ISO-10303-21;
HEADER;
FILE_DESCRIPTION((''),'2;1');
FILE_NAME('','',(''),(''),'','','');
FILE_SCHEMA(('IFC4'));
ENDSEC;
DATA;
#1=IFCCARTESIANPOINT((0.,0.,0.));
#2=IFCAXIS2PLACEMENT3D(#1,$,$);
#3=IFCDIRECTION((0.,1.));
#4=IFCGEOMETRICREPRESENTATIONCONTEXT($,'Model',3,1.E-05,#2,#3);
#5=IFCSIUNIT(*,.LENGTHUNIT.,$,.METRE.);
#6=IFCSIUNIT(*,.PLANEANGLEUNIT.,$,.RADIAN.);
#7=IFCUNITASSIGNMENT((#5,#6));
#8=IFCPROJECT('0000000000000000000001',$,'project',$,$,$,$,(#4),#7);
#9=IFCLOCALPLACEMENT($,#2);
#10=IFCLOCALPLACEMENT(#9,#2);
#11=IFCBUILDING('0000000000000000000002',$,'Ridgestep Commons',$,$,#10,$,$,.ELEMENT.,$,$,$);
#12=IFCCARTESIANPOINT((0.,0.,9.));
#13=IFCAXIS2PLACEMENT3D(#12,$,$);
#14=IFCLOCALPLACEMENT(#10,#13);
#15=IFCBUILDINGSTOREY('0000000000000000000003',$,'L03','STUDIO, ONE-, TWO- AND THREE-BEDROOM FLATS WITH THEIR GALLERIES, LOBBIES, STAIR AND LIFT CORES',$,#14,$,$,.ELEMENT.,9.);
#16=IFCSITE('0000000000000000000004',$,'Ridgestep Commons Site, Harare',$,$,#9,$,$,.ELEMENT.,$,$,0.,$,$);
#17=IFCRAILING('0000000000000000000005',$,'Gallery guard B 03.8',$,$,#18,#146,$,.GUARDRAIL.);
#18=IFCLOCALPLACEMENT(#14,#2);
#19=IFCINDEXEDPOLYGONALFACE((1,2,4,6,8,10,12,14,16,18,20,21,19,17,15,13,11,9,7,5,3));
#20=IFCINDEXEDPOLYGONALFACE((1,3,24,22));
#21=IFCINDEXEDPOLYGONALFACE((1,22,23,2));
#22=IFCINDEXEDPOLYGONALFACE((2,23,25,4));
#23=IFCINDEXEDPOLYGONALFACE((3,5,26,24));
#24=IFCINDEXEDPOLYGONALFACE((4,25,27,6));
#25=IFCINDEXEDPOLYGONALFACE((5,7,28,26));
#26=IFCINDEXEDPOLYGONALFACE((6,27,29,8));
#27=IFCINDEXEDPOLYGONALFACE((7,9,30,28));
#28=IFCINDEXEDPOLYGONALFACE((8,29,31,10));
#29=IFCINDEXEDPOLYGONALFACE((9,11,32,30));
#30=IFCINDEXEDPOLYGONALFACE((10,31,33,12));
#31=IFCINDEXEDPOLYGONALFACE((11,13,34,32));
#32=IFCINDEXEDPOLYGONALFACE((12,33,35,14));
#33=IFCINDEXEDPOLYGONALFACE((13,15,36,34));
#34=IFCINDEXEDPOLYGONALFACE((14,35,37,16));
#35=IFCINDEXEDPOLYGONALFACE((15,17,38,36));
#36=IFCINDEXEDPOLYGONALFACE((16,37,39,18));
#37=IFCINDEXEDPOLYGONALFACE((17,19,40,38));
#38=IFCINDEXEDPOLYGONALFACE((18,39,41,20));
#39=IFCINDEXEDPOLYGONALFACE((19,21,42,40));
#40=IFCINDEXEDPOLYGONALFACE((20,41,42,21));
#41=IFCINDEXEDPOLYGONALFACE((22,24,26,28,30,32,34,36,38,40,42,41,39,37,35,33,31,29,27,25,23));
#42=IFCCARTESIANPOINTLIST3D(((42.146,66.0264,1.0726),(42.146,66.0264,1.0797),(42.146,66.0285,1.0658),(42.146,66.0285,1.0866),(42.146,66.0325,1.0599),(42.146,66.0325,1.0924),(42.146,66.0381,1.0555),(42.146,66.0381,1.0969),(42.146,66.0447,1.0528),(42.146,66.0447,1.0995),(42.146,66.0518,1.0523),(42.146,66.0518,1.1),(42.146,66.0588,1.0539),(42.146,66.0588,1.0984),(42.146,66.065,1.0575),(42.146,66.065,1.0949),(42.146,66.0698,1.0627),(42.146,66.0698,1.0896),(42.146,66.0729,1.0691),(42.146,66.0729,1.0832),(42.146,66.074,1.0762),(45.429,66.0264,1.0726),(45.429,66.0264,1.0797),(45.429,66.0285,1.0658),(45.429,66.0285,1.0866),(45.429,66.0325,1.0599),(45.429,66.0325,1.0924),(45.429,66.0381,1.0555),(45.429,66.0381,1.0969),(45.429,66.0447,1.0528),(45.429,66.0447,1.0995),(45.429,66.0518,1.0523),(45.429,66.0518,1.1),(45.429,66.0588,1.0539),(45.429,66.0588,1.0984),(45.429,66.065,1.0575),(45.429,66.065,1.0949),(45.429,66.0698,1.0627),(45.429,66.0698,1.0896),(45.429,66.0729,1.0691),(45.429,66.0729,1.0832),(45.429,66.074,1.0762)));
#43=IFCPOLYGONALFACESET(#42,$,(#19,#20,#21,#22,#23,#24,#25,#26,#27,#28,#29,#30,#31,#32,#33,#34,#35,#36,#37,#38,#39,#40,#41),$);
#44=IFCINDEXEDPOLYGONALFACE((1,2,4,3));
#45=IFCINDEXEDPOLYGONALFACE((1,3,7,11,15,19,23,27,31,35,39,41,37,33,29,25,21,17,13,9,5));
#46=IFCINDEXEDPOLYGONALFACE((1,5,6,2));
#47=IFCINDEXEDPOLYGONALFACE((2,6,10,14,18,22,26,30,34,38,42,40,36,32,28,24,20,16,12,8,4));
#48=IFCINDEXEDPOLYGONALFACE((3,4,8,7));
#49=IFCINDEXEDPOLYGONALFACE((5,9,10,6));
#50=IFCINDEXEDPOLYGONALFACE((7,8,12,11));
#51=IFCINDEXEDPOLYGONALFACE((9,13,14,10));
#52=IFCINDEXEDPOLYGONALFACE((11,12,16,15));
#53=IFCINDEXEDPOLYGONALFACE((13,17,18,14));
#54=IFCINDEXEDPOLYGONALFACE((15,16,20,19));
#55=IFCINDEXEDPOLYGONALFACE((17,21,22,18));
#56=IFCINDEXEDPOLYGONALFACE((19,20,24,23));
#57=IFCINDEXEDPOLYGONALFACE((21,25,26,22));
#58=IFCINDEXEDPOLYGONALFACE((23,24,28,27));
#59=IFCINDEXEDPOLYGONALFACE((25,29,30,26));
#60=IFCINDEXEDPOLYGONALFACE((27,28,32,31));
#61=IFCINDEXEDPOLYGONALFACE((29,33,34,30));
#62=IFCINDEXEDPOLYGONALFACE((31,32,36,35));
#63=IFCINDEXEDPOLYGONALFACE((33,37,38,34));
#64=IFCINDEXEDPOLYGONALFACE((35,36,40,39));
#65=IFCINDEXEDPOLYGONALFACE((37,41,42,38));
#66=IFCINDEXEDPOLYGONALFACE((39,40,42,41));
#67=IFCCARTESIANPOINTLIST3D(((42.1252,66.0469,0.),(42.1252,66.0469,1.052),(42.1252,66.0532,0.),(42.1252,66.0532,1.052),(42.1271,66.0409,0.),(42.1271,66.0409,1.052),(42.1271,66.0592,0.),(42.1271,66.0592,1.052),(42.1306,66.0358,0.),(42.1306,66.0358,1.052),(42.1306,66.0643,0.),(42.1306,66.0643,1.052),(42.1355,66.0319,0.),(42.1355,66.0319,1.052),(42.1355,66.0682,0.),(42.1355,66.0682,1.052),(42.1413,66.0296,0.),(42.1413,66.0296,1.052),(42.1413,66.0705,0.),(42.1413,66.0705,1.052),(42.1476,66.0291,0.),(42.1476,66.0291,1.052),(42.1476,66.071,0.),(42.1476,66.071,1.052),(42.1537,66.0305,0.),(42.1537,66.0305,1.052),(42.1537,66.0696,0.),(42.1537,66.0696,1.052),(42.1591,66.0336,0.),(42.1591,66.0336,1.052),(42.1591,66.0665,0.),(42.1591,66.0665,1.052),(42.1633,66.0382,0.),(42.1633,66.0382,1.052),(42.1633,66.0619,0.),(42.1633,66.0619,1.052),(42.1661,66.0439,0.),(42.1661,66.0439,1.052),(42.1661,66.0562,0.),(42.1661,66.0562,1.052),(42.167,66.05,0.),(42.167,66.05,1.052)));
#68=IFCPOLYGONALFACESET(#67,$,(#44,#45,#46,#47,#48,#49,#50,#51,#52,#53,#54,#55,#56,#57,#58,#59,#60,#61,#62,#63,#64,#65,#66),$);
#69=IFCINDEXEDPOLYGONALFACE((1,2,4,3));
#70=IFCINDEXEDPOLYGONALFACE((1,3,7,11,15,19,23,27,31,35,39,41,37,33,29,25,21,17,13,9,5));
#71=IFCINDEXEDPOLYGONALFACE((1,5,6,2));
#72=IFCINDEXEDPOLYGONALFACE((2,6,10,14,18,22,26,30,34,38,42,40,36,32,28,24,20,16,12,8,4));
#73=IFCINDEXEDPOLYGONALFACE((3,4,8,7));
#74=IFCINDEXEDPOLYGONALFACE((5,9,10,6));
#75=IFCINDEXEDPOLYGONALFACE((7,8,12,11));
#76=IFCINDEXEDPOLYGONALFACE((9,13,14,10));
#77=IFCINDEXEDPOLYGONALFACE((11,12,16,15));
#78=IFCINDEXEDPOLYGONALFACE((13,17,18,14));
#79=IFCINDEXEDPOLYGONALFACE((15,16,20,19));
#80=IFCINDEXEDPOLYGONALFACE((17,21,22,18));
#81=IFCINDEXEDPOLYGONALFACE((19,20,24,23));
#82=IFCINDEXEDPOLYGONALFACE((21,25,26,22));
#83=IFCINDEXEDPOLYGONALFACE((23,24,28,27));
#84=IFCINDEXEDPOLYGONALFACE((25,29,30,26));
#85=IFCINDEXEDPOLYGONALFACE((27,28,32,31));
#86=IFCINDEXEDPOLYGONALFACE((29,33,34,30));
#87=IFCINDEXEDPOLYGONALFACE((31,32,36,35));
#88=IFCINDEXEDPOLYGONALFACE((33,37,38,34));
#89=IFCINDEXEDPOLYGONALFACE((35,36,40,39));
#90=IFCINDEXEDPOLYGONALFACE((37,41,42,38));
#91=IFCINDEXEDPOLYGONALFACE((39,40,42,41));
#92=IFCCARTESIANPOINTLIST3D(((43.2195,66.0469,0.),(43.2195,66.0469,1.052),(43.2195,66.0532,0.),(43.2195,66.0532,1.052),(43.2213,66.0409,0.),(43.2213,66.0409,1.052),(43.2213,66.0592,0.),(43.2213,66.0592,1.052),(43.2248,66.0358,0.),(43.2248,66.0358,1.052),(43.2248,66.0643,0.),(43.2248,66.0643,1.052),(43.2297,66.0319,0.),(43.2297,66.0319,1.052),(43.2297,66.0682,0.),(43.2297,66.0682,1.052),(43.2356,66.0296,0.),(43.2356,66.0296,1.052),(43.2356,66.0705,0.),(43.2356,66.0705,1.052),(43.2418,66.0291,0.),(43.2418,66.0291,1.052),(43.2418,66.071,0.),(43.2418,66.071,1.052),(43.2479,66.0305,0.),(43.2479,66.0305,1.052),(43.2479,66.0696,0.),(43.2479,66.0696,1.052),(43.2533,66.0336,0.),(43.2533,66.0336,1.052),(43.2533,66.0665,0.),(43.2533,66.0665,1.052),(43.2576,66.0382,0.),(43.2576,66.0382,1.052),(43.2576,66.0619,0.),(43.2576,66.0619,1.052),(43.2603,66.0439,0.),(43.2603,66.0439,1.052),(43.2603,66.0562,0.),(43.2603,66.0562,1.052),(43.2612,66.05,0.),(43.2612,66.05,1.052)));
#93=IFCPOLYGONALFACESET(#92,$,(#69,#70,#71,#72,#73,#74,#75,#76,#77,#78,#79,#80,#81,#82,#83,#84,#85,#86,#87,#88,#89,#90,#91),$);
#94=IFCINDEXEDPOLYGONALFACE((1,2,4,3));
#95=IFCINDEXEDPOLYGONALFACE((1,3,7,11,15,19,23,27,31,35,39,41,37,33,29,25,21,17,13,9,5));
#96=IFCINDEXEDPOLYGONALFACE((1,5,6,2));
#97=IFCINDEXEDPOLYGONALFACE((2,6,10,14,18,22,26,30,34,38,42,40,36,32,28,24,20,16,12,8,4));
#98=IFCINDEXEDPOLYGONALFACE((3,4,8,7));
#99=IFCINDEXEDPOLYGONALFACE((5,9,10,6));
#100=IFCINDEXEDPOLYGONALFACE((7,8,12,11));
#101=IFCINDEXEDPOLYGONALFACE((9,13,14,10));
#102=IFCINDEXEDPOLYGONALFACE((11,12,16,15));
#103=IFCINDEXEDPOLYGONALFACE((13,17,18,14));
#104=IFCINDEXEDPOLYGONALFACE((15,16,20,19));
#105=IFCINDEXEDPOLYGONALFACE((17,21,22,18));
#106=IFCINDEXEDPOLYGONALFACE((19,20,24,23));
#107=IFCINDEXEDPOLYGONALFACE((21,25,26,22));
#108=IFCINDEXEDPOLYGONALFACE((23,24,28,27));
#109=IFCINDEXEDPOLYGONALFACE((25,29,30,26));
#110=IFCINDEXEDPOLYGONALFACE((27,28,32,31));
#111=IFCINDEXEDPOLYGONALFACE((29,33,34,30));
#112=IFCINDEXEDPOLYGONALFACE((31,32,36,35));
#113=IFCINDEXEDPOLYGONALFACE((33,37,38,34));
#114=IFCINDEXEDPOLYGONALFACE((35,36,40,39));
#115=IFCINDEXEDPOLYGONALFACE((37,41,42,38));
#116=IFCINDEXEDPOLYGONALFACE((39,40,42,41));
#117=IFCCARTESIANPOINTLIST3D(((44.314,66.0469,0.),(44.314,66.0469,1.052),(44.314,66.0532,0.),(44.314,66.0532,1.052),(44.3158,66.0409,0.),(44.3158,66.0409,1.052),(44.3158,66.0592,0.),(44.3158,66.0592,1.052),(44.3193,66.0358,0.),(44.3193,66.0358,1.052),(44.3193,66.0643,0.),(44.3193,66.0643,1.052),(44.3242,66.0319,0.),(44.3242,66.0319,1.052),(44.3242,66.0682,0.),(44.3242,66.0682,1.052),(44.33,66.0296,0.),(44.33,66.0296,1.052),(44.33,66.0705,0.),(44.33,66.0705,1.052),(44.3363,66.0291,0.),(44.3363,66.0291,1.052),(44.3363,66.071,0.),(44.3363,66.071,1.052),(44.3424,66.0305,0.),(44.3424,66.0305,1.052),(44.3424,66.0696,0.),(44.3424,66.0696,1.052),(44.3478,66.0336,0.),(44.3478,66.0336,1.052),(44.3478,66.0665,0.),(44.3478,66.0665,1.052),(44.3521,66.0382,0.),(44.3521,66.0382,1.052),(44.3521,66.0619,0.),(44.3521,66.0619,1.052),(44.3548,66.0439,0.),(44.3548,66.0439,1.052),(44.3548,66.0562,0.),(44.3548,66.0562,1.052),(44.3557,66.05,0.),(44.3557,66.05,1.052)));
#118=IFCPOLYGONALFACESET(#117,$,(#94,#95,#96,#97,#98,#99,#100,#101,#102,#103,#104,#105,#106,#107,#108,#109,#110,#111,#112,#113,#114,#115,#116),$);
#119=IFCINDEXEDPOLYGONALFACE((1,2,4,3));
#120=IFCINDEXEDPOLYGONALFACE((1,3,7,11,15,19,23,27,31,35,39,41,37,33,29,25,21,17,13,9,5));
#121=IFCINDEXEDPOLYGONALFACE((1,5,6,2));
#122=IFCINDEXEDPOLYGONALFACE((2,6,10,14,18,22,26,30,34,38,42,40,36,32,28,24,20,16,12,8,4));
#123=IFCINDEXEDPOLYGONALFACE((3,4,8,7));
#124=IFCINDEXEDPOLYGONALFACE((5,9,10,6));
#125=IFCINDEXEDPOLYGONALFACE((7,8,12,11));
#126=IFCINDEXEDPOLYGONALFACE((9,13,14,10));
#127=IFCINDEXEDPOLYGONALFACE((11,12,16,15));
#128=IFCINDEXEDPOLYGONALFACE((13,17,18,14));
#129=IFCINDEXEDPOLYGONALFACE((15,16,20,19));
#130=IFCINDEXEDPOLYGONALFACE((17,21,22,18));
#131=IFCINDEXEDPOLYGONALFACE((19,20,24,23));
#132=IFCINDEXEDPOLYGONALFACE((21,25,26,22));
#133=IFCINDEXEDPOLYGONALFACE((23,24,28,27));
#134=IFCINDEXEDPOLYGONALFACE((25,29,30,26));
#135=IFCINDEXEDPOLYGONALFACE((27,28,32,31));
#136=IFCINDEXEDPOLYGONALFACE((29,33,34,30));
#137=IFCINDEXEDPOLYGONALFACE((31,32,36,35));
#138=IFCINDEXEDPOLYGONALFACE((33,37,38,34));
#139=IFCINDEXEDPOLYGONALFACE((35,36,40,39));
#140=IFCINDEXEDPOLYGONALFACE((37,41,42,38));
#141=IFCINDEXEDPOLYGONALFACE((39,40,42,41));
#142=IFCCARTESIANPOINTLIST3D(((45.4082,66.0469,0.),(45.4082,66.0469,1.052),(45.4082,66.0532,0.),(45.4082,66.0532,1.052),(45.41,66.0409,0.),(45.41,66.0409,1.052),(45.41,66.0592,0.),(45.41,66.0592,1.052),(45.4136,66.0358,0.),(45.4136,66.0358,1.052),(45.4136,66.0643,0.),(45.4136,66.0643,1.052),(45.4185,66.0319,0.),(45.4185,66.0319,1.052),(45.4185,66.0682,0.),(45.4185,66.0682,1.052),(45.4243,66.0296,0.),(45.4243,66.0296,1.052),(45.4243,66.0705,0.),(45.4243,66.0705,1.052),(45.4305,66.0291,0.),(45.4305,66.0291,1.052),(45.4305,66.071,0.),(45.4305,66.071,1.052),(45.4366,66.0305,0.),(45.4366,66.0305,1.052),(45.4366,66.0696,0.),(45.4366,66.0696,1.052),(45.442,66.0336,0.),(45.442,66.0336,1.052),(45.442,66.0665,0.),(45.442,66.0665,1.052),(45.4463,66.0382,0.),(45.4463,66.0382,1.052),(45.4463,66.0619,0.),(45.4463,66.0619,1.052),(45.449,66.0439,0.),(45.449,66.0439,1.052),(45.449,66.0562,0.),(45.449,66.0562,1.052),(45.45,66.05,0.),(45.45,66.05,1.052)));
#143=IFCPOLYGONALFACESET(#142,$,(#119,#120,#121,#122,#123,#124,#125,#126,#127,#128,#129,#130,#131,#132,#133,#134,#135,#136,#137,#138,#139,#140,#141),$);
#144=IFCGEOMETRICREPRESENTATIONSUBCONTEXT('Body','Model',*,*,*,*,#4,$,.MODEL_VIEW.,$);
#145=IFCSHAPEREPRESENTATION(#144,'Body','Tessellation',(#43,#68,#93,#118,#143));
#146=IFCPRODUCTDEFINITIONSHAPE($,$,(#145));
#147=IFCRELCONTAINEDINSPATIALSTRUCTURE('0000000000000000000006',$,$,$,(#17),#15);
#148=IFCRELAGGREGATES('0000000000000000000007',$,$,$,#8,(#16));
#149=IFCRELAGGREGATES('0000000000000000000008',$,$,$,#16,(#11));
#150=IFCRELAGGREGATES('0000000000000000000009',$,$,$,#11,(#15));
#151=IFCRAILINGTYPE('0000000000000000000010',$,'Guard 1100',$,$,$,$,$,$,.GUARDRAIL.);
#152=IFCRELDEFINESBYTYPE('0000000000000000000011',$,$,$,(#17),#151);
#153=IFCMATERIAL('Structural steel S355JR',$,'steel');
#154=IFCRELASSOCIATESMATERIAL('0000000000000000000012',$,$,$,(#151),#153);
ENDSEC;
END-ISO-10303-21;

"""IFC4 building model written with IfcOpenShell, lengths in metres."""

from ifc_helpers import new_model, si_unit, direction, frame, origin, origin_2d, place, context, subcontext, project, spatial, circle, extrude, material, type_object, element, save


model = new_model("IFC4")

# Units and contexts
model_context = context("Model", 3, precision=1e-05, world=origin(), true_north=direction((0.0, 1.0)))
body_context = subcontext(model_context, "Body", "Model", "MODEL_VIEW")
ifc_project = project(units=[si_unit("LENGTHUNIT", "METRE"), si_unit("PLANEANGLEUNIT", "RADIAN")], contexts=[model_context])

# Site, building, storey
site_placement = place(None, origin())
site = spatial("IfcSite", under=ifc_project, at=site_placement, Name="Ridgestep Commons Site, Harare", CompositionType="ELEMENT", RefElevation=0.0)
building_placement = place(site_placement, origin())
building = spatial("IfcBuilding", under=site, at=building_placement, Name="Ridgestep Commons", CompositionType="ELEMENT")
storey_placement = place(building_placement, frame((0.0, 0.0, 9.0)))
storey = spatial("IfcBuildingStorey", under=building, at=storey_placement, Name="L03", Description="STUDIO, ONE-, TWO- AND THREE-BEDROOM FLATS WITH THEIR GALLERIES, LOBBIES, STAIR AND LIFT CORES", CompositionType="ELEMENT", Elevation=9.0)

# Railing
ifc_material_1 = material(Name="Structural steel S355JR", Category="steel")
railing_type_1 = type_object("IfcRailingType", Name="Guard 1100", PredefinedType="GUARDRAIL", material=ifc_material_1)
railing_1_placement = place(storey_placement, frame((42.146, 66.05, 0.0)))
element("IfcRailing", 1, at=railing_1_placement, inside=storey, type_object=railing_type_1, Name="Gallery guard B 03.8", PredefinedType="GUARDRAIL", context=body_context, shape_type="SweptSolid", body=[
    extrude(circle(Radius=0.0239, at=origin_2d()), frame((0.0, 0.0, 1.0762), z_axis=(1.0, 0.0, 0.0), x_axis=(0.0, 1.0, 0.0)), (0.0, 0.0, 1.0), 3.283),
    extrude(circle(Radius=0.021, at=origin_2d()), origin(), (0.0, 0.0, 1.0), 1.052),
    extrude(circle(Radius=0.021, at=origin_2d()), frame((1.0942, 0.0, 0.0)), (0.0, 0.0, 1.0), 1.052),
    extrude(circle(Radius=0.021, at=origin_2d()), frame((2.1887, 0.0, 0.0)), (0.0, 0.0, 1.0), 1.052),
    extrude(circle(Radius=0.021, at=origin_2d()), frame((3.283, 0.0, 0.0)), (0.0, 0.0, 1.0), 1.052),
])

save(model, "model.ifc")
